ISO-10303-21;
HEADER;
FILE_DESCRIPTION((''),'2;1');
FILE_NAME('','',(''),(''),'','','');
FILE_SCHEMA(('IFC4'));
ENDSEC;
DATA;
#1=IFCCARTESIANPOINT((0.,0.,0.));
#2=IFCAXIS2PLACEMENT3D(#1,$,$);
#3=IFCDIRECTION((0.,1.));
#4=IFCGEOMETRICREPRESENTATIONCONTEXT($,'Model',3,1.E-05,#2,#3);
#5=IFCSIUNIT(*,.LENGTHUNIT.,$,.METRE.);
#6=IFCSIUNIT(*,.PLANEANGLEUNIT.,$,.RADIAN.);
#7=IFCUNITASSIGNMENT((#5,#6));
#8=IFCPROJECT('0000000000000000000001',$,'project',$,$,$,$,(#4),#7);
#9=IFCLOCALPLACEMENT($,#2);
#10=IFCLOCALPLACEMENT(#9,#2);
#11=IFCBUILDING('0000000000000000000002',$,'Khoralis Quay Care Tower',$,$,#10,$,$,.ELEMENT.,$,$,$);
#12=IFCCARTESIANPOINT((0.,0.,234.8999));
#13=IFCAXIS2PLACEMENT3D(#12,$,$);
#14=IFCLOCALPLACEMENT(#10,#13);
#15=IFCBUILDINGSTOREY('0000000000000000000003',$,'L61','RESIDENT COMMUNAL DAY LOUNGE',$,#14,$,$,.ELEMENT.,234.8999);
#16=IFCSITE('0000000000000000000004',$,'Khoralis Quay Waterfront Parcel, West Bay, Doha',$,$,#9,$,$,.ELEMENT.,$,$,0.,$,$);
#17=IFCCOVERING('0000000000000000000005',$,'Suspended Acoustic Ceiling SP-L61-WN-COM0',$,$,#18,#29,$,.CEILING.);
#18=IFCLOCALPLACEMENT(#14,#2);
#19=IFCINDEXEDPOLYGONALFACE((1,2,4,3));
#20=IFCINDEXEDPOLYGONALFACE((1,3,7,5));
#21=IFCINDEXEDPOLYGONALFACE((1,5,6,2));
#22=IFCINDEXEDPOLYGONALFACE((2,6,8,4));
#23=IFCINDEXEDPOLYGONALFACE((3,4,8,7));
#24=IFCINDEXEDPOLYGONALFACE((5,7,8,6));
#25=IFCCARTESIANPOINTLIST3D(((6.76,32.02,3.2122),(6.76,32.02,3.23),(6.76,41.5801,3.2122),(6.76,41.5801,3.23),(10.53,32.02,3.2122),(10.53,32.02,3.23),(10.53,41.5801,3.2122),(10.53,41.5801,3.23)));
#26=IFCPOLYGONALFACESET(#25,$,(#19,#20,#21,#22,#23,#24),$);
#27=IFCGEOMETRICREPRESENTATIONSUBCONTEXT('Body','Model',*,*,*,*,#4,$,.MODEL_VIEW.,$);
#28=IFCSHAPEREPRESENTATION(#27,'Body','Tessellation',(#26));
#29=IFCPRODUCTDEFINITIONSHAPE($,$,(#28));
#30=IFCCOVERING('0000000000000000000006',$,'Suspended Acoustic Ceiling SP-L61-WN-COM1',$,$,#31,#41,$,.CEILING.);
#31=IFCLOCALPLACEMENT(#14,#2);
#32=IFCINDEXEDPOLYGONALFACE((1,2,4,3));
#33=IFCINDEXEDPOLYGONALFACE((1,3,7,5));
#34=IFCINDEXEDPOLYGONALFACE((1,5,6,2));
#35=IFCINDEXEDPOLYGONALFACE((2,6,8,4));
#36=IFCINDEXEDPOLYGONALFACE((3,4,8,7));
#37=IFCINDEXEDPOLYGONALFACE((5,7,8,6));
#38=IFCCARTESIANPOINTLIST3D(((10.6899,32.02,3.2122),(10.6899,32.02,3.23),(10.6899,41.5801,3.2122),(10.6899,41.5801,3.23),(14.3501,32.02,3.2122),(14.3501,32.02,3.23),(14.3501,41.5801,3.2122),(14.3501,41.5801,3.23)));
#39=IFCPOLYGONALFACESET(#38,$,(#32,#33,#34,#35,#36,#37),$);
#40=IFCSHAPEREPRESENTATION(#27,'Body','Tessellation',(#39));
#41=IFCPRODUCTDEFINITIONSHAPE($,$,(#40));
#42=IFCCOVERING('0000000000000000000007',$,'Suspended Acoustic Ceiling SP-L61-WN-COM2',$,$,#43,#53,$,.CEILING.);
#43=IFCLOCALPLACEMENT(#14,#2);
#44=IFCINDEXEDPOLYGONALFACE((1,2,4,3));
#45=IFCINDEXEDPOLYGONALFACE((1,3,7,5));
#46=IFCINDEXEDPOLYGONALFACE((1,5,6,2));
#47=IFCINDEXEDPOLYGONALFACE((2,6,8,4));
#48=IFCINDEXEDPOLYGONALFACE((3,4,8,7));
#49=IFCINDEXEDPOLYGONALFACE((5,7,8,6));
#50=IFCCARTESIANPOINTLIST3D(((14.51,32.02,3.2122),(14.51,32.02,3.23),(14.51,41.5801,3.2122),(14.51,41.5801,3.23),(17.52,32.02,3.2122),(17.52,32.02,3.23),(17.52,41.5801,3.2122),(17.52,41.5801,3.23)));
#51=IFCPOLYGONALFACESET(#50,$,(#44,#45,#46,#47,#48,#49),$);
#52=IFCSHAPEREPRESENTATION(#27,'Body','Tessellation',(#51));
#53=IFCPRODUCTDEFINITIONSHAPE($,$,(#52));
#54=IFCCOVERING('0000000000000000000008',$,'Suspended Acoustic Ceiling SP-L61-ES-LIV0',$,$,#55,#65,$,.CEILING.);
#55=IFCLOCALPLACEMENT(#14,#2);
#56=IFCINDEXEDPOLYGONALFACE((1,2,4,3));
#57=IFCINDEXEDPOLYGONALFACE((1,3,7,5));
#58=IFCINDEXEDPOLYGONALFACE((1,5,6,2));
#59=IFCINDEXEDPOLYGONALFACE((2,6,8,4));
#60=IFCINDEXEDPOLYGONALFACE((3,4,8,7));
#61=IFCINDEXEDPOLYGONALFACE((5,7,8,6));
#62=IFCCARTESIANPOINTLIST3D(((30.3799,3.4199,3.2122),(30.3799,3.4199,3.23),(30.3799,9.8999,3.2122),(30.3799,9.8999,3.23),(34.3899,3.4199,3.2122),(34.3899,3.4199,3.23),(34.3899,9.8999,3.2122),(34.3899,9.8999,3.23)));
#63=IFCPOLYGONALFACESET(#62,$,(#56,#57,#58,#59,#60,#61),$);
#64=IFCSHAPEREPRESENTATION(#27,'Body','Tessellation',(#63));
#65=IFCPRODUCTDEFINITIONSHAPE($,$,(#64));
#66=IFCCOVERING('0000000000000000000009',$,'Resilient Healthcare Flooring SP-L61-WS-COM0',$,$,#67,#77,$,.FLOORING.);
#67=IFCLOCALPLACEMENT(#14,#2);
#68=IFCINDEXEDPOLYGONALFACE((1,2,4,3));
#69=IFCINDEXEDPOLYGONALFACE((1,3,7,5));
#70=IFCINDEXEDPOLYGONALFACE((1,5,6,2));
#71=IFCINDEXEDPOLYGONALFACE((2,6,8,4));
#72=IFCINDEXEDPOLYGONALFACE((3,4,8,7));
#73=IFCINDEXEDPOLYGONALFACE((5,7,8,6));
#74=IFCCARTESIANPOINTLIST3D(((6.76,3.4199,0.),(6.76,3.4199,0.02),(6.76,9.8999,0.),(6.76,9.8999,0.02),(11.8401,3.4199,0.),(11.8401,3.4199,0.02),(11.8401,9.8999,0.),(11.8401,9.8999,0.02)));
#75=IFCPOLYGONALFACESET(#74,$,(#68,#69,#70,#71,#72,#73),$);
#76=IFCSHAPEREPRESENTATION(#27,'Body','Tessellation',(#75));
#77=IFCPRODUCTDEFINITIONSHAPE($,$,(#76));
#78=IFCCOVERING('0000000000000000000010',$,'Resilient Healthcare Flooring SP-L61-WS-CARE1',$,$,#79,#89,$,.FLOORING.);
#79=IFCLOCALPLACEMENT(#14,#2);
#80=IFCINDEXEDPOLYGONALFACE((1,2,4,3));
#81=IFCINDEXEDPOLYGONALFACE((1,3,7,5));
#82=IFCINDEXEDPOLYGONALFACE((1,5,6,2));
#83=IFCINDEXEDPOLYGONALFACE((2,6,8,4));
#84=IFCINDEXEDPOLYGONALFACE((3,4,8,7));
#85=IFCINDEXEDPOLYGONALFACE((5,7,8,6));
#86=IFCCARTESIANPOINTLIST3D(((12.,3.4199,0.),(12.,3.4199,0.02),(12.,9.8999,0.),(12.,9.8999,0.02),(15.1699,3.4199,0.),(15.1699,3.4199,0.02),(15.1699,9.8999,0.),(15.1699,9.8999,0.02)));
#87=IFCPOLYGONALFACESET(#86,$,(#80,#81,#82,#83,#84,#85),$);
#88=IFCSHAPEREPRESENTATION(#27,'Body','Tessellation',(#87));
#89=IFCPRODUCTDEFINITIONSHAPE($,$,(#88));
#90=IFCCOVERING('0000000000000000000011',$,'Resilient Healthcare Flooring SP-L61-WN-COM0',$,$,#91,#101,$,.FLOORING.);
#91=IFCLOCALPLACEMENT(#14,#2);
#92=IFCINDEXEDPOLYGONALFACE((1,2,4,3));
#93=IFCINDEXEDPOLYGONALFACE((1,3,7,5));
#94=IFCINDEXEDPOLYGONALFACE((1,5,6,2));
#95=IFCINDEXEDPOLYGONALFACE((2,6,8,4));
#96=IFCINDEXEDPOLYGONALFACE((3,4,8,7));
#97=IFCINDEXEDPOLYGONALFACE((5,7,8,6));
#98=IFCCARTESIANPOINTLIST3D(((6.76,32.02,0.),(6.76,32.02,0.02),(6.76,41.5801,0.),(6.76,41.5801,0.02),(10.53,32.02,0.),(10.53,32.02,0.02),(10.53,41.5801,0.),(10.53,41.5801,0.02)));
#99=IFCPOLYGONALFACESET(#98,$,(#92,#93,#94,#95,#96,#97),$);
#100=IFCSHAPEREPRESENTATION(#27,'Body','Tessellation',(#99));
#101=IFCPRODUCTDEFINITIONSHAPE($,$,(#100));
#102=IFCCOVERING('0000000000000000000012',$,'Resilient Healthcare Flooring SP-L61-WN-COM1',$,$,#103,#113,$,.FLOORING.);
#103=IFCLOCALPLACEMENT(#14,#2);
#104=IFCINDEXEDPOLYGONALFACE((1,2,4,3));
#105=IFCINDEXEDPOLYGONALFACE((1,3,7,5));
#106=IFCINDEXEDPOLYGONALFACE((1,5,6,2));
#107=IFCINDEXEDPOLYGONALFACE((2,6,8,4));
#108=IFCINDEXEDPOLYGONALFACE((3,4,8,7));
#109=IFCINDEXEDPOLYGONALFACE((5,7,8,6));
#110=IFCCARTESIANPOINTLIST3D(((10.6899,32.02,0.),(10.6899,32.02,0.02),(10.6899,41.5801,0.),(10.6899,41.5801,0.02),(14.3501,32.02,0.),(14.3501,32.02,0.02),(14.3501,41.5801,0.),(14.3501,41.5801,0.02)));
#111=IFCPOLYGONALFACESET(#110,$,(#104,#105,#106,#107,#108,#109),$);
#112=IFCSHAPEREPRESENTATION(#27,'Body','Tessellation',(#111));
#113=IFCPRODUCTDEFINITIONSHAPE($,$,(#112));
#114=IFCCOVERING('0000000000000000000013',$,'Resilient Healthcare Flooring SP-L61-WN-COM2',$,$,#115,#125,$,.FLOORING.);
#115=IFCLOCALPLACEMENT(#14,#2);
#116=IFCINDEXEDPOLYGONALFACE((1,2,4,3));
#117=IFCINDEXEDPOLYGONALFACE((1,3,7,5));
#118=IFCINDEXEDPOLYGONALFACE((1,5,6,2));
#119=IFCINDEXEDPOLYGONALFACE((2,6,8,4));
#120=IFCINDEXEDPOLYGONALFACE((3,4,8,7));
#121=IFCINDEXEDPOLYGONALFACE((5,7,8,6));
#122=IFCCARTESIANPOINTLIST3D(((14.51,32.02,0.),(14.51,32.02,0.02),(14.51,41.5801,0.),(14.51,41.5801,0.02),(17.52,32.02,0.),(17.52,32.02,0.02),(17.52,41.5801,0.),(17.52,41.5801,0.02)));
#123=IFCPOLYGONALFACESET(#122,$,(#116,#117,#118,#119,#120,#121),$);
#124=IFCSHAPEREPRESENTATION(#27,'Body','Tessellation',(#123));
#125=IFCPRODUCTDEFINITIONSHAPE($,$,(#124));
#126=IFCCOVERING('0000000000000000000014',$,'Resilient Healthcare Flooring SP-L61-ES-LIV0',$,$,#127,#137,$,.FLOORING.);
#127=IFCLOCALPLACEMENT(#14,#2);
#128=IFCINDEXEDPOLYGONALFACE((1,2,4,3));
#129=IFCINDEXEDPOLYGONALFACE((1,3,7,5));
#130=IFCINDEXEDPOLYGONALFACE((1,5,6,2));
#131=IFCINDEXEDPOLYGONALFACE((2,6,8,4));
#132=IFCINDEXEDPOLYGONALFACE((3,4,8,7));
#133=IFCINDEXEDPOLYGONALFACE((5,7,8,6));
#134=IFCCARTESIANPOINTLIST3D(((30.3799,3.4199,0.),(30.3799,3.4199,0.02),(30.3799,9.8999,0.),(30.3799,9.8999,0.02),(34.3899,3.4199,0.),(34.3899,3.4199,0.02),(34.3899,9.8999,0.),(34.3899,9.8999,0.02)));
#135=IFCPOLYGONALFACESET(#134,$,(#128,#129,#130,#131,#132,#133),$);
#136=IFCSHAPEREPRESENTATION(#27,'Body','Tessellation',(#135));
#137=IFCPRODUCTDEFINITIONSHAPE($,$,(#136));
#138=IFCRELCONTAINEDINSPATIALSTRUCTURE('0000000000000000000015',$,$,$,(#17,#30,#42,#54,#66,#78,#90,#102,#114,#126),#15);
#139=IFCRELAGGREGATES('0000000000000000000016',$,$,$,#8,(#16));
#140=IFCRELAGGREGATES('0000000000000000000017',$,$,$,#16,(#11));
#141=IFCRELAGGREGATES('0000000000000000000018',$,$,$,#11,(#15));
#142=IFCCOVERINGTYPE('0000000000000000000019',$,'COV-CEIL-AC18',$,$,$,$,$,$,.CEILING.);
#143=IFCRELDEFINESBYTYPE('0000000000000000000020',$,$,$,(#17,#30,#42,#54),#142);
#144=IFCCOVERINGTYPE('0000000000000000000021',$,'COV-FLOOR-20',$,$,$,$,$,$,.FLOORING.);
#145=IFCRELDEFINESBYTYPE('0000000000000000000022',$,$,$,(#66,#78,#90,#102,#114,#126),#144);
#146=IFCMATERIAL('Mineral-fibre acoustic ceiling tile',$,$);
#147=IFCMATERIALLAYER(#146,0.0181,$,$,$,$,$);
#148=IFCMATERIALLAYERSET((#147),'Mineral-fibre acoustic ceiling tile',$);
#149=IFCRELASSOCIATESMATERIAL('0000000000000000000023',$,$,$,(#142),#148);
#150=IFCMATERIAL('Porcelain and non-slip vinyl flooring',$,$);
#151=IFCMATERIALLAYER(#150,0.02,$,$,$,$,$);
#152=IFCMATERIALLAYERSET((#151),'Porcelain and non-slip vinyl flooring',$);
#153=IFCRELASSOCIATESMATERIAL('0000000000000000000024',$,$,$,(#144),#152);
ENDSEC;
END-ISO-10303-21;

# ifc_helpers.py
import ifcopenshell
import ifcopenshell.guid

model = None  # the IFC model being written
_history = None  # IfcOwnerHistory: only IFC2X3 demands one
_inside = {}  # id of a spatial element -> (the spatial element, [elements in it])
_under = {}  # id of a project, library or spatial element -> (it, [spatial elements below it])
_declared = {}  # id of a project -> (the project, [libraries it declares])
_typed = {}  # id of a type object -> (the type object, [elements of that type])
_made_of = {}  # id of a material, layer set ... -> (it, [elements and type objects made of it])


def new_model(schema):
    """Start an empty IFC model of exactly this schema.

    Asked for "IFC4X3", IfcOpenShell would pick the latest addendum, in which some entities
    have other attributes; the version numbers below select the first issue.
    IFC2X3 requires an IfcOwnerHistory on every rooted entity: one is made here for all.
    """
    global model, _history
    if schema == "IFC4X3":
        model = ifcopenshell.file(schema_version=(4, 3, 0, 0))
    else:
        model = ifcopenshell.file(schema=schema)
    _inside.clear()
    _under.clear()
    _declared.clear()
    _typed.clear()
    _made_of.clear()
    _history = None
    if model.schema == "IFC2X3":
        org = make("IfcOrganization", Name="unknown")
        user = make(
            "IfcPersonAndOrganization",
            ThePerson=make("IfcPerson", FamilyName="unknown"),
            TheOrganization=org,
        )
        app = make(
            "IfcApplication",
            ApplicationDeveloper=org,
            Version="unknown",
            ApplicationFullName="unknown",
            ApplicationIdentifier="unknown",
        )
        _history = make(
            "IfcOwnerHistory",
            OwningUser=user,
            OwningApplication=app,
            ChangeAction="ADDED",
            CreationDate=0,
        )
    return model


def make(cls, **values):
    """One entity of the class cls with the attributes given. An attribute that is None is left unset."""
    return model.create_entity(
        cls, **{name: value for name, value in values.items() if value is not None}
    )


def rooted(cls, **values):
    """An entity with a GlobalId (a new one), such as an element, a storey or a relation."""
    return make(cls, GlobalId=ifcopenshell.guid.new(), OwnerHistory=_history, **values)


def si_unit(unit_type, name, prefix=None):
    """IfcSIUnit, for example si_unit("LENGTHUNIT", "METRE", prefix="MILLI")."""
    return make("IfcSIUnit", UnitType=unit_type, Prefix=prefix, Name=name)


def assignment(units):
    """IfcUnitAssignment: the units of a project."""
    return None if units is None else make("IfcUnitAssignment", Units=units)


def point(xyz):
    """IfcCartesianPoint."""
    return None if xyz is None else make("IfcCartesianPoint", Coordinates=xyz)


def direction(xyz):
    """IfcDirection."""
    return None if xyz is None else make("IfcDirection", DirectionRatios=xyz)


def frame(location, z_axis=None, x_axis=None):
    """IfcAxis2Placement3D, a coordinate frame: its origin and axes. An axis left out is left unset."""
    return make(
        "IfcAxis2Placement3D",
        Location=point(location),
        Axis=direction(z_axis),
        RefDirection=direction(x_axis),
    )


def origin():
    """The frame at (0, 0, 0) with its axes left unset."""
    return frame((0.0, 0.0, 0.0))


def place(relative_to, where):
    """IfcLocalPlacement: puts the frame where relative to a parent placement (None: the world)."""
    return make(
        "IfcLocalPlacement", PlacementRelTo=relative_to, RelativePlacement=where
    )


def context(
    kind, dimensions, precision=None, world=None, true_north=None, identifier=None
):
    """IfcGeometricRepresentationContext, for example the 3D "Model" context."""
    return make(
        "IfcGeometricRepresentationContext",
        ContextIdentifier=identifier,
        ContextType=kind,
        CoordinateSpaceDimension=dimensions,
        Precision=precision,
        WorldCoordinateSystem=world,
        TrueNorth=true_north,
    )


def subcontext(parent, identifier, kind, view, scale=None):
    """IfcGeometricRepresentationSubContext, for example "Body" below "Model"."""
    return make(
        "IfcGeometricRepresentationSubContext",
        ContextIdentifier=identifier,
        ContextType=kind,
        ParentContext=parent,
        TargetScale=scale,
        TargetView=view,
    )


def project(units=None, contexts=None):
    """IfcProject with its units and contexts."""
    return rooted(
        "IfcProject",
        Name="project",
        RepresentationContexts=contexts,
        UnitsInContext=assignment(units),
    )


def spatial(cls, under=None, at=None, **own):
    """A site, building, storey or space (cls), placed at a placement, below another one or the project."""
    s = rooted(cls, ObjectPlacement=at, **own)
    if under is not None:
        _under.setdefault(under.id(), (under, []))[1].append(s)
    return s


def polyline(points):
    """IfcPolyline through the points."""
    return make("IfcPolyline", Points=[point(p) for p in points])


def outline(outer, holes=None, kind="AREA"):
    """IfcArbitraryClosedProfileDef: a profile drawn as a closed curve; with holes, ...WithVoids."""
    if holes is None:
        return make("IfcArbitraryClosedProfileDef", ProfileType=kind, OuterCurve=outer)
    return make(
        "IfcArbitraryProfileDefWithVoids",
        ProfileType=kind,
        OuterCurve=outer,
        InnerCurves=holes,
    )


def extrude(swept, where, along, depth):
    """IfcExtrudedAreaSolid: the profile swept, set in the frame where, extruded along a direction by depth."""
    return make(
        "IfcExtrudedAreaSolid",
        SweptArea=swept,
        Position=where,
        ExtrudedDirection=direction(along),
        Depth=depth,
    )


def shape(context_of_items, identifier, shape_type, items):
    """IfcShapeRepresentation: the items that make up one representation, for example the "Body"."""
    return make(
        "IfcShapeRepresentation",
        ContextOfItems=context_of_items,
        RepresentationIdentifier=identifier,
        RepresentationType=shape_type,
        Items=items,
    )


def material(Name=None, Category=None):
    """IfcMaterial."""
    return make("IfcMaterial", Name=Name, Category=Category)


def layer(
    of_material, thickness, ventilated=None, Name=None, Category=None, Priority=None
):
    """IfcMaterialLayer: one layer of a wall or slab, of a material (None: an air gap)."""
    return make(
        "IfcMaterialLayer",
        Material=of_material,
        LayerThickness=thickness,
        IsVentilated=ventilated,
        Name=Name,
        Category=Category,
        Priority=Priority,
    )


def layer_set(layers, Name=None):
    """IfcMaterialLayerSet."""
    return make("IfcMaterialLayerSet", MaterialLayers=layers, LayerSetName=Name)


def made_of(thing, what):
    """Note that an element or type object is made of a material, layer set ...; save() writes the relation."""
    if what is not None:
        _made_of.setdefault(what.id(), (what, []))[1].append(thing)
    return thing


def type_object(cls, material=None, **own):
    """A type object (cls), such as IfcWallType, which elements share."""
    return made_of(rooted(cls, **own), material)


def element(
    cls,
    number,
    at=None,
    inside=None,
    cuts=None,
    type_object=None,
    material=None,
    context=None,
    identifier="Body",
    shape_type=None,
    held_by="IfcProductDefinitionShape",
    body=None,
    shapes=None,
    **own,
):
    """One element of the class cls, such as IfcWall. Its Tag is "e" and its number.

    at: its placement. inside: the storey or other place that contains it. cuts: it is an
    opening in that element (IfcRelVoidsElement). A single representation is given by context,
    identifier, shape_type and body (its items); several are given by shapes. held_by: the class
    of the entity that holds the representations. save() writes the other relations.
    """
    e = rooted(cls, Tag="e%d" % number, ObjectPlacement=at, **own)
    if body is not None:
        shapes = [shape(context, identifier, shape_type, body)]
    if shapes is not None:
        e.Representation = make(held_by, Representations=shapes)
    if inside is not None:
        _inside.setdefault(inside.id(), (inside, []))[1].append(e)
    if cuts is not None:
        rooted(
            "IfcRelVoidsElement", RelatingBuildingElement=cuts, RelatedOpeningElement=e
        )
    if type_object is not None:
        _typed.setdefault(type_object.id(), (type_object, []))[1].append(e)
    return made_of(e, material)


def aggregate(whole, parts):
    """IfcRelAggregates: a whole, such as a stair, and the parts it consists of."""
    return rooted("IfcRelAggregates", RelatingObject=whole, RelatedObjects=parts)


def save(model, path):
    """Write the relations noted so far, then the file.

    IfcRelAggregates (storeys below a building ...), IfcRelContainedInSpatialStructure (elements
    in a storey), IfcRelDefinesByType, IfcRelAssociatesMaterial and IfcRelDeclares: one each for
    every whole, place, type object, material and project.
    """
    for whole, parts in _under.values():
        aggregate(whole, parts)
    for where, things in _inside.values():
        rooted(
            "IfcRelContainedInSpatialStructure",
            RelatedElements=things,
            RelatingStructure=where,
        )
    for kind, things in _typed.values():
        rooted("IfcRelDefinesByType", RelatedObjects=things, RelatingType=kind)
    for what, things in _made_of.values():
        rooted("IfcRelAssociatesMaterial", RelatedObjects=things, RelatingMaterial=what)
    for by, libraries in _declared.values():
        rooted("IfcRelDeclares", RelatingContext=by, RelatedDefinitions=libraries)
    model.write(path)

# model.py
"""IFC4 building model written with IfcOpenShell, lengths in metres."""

from ifc_helpers import new_model, si_unit, direction, frame, origin, place, context, subcontext, project, spatial, polyline, outline, extrude, material, layer, layer_set, type_object, element, save


model = new_model("IFC4")

# Units and contexts
model_context = context("Model", 3, precision=1e-05, world=origin(), true_north=direction((0.0, 1.0)))
body_context = subcontext(model_context, "Body", "Model", "MODEL_VIEW")
ifc_project = project(units=[si_unit("LENGTHUNIT", "METRE"), si_unit("PLANEANGLEUNIT", "RADIAN")], contexts=[model_context])

# Site, building, storey
site_placement = place(None, origin())
site = spatial("IfcSite", under=ifc_project, at=site_placement, Name="Khoralis Quay Waterfront Parcel, West Bay, Doha", CompositionType="ELEMENT", RefElevation=0.0)
building_placement = place(site_placement, origin())
building = spatial("IfcBuilding", under=site, at=building_placement, Name="Khoralis Quay Care Tower", CompositionType="ELEMENT")
storey_placement = place(building_placement, frame((0.0, 0.0, 234.8999)))
storey = spatial("IfcBuildingStorey", under=building, at=storey_placement, Name="L61", Description="RESIDENT COMMUNAL DAY LOUNGE", CompositionType="ELEMENT", Elevation=234.8999)

# Coverings
ifc_material_1 = material(Name="Mineral-fibre acoustic ceiling tile")
ifc_layer_1 = layer(ifc_material_1, 0.0181)
ifc_layer_set_1 = layer_set([ifc_layer_1], Name="Mineral-fibre acoustic ceiling tile")
covering_type_1 = type_object("IfcCoveringType", Name="COV-CEIL-AC18", PredefinedType="CEILING", material=ifc_layer_set_1)
covering_1_placement = place(storey_placement, frame((0.0, 0.0, 3.2122)))
element("IfcCovering", 1, at=covering_1_placement, inside=storey, type_object=covering_type_1, Name="Suspended Acoustic Ceiling SP-L61-WN-COM0", PredefinedType="CEILING", context=body_context, shape_type="SweptSolid", body=[
    extrude(outline(polyline([(6.76, 32.02), (10.53, 32.02), (10.53, 41.5801), (6.76, 41.5801), (6.76, 32.02)])), origin(), (0.0, 0.0, 1.0), 0.0178),
])
covering_2_placement = place(storey_placement, frame((0.0, 0.0, 3.2122)))
element("IfcCovering", 2, at=covering_2_placement, inside=storey, type_object=covering_type_1, Name="Suspended Acoustic Ceiling SP-L61-WN-COM1", PredefinedType="CEILING", context=body_context, shape_type="SweptSolid", body=[
    extrude(outline(polyline([(10.6899, 32.02), (14.3501, 32.02), (14.3501, 41.5801), (10.6899, 41.5801), (10.6899, 32.02)])), origin(), (0.0, 0.0, 1.0), 0.0178),
])
covering_3_placement = place(storey_placement, frame((0.0, 0.0, 3.2122)))
element("IfcCovering", 3, at=covering_3_placement, inside=storey, type_object=covering_type_1, Name="Suspended Acoustic Ceiling SP-L61-WN-COM2", PredefinedType="CEILING", context=body_context, shape_type="SweptSolid", body=[
    extrude(outline(polyline([(14.51, 32.02), (17.52, 32.02), (17.52, 41.5801), (14.51, 41.5801), (14.51, 32.02)])), origin(), (0.0, 0.0, 1.0), 0.0178),
])
covering_4_placement = place(storey_placement, frame((0.0, 0.0, 3.2122)))
element("IfcCovering", 4, at=covering_4_placement, inside=storey, type_object=covering_type_1, Name="Suspended Acoustic Ceiling SP-L61-ES-LIV0", PredefinedType="CEILING", context=body_context, shape_type="SweptSolid", body=[
    extrude(outline(polyline([(30.3799, 3.4199), (34.3899, 3.4199), (34.3899, 9.8999), (30.3799, 9.8999), (30.3799, 3.4199)])), origin(), (0.0, 0.0, 1.0), 0.0178),
])
ifc_material_2 = material(Name="Porcelain and non-slip vinyl flooring")
ifc_layer_2 = layer(ifc_material_2, 0.02)
ifc_layer_set_2 = layer_set([ifc_layer_2], Name="Porcelain and non-slip vinyl flooring")
covering_type_2 = type_object("IfcCoveringType", Name="COV-FLOOR-20", PredefinedType="FLOORING", material=ifc_layer_set_2)
covering_5_placement = place(storey_placement, origin())
element("IfcCovering", 5, at=covering_5_placement, inside=storey, type_object=covering_type_2, Name="Resilient Healthcare Flooring SP-L61-WS-COM0", PredefinedType="FLOORING", context=body_context, shape_type="SweptSolid", body=[
    extrude(outline(polyline([(6.76, 3.4199), (11.8401, 3.4199), (11.8401, 9.8999), (6.76, 9.8999), (6.76, 3.4199)])), origin(), (0.0, 0.0, 1.0), 0.02),
])
covering_6_placement = place(storey_placement, origin())
element("IfcCovering", 6, at=covering_6_placement, inside=storey, type_object=covering_type_2, Name="Resilient Healthcare Flooring SP-L61-WS-CARE1", PredefinedType="FLOORING", context=body_context, shape_type="SweptSolid", body=[
    extrude(outline(polyline([(12.0, 3.4199), (15.1699, 3.4199), (15.1699, 9.8999), (12.0, 9.8999), (12.0, 3.4199)])), origin(), (0.0, 0.0, 1.0), 0.02),
])
covering_7_placement = place(storey_placement, origin())
element("IfcCovering", 7, at=covering_7_placement, inside=storey, type_object=covering_type_2, Name="Resilient Healthcare Flooring SP-L61-WN-COM0", PredefinedType="FLOORING", context=body_context, shape_type="SweptSolid", body=[
    extrude(outline(polyline([(6.76, 32.02), (10.53, 32.02), (10.53, 41.5801), (6.76, 41.5801), (6.76, 32.02)])), origin(), (0.0, 0.0, 1.0), 0.02),
])
covering_8_placement = place(storey_placement, origin())
element("IfcCovering", 8, at=covering_8_placement, inside=storey, type_object=covering_type_2, Name="Resilient Healthcare Flooring SP-L61-WN-COM1", PredefinedType="FLOORING", context=body_context, shape_type="SweptSolid", body=[
    extrude(outline(polyline([(10.6899, 32.02), (14.3501, 32.02), (14.3501, 41.5801), (10.6899, 41.5801), (10.6899, 32.02)])), origin(), (0.0, 0.0, 1.0), 0.02),
])
covering_9_placement = place(storey_placement, origin())
element("IfcCovering", 9, at=covering_9_placement, inside=storey, type_object=covering_type_2, Name="Resilient Healthcare Flooring SP-L61-WN-COM2", PredefinedType="FLOORING", context=body_context, shape_type="SweptSolid", body=[
    extrude(outline(polyline([(14.51, 32.02), (17.52, 32.02), (17.52, 41.5801), (14.51, 41.5801), (14.51, 32.02)])), origin(), (0.0, 0.0, 1.0), 0.02),
])
covering_10_placement = place(storey_placement, origin())
element("IfcCovering", 10, at=covering_10_placement, inside=storey, type_object=covering_type_2, Name="Resilient Healthcare Flooring SP-L61-ES-LIV0", PredefinedType="FLOORING", context=body_context, shape_type="SweptSolid", body=[
    extrude(outline(polyline([(30.3799, 3.4199), (34.3899, 3.4199), (34.3899, 9.8999), (30.3799, 9.8999), (30.3799, 3.4199)])), origin(), (0.0, 0.0, 1.0), 0.02),
])

save(model, "model.ifc")
